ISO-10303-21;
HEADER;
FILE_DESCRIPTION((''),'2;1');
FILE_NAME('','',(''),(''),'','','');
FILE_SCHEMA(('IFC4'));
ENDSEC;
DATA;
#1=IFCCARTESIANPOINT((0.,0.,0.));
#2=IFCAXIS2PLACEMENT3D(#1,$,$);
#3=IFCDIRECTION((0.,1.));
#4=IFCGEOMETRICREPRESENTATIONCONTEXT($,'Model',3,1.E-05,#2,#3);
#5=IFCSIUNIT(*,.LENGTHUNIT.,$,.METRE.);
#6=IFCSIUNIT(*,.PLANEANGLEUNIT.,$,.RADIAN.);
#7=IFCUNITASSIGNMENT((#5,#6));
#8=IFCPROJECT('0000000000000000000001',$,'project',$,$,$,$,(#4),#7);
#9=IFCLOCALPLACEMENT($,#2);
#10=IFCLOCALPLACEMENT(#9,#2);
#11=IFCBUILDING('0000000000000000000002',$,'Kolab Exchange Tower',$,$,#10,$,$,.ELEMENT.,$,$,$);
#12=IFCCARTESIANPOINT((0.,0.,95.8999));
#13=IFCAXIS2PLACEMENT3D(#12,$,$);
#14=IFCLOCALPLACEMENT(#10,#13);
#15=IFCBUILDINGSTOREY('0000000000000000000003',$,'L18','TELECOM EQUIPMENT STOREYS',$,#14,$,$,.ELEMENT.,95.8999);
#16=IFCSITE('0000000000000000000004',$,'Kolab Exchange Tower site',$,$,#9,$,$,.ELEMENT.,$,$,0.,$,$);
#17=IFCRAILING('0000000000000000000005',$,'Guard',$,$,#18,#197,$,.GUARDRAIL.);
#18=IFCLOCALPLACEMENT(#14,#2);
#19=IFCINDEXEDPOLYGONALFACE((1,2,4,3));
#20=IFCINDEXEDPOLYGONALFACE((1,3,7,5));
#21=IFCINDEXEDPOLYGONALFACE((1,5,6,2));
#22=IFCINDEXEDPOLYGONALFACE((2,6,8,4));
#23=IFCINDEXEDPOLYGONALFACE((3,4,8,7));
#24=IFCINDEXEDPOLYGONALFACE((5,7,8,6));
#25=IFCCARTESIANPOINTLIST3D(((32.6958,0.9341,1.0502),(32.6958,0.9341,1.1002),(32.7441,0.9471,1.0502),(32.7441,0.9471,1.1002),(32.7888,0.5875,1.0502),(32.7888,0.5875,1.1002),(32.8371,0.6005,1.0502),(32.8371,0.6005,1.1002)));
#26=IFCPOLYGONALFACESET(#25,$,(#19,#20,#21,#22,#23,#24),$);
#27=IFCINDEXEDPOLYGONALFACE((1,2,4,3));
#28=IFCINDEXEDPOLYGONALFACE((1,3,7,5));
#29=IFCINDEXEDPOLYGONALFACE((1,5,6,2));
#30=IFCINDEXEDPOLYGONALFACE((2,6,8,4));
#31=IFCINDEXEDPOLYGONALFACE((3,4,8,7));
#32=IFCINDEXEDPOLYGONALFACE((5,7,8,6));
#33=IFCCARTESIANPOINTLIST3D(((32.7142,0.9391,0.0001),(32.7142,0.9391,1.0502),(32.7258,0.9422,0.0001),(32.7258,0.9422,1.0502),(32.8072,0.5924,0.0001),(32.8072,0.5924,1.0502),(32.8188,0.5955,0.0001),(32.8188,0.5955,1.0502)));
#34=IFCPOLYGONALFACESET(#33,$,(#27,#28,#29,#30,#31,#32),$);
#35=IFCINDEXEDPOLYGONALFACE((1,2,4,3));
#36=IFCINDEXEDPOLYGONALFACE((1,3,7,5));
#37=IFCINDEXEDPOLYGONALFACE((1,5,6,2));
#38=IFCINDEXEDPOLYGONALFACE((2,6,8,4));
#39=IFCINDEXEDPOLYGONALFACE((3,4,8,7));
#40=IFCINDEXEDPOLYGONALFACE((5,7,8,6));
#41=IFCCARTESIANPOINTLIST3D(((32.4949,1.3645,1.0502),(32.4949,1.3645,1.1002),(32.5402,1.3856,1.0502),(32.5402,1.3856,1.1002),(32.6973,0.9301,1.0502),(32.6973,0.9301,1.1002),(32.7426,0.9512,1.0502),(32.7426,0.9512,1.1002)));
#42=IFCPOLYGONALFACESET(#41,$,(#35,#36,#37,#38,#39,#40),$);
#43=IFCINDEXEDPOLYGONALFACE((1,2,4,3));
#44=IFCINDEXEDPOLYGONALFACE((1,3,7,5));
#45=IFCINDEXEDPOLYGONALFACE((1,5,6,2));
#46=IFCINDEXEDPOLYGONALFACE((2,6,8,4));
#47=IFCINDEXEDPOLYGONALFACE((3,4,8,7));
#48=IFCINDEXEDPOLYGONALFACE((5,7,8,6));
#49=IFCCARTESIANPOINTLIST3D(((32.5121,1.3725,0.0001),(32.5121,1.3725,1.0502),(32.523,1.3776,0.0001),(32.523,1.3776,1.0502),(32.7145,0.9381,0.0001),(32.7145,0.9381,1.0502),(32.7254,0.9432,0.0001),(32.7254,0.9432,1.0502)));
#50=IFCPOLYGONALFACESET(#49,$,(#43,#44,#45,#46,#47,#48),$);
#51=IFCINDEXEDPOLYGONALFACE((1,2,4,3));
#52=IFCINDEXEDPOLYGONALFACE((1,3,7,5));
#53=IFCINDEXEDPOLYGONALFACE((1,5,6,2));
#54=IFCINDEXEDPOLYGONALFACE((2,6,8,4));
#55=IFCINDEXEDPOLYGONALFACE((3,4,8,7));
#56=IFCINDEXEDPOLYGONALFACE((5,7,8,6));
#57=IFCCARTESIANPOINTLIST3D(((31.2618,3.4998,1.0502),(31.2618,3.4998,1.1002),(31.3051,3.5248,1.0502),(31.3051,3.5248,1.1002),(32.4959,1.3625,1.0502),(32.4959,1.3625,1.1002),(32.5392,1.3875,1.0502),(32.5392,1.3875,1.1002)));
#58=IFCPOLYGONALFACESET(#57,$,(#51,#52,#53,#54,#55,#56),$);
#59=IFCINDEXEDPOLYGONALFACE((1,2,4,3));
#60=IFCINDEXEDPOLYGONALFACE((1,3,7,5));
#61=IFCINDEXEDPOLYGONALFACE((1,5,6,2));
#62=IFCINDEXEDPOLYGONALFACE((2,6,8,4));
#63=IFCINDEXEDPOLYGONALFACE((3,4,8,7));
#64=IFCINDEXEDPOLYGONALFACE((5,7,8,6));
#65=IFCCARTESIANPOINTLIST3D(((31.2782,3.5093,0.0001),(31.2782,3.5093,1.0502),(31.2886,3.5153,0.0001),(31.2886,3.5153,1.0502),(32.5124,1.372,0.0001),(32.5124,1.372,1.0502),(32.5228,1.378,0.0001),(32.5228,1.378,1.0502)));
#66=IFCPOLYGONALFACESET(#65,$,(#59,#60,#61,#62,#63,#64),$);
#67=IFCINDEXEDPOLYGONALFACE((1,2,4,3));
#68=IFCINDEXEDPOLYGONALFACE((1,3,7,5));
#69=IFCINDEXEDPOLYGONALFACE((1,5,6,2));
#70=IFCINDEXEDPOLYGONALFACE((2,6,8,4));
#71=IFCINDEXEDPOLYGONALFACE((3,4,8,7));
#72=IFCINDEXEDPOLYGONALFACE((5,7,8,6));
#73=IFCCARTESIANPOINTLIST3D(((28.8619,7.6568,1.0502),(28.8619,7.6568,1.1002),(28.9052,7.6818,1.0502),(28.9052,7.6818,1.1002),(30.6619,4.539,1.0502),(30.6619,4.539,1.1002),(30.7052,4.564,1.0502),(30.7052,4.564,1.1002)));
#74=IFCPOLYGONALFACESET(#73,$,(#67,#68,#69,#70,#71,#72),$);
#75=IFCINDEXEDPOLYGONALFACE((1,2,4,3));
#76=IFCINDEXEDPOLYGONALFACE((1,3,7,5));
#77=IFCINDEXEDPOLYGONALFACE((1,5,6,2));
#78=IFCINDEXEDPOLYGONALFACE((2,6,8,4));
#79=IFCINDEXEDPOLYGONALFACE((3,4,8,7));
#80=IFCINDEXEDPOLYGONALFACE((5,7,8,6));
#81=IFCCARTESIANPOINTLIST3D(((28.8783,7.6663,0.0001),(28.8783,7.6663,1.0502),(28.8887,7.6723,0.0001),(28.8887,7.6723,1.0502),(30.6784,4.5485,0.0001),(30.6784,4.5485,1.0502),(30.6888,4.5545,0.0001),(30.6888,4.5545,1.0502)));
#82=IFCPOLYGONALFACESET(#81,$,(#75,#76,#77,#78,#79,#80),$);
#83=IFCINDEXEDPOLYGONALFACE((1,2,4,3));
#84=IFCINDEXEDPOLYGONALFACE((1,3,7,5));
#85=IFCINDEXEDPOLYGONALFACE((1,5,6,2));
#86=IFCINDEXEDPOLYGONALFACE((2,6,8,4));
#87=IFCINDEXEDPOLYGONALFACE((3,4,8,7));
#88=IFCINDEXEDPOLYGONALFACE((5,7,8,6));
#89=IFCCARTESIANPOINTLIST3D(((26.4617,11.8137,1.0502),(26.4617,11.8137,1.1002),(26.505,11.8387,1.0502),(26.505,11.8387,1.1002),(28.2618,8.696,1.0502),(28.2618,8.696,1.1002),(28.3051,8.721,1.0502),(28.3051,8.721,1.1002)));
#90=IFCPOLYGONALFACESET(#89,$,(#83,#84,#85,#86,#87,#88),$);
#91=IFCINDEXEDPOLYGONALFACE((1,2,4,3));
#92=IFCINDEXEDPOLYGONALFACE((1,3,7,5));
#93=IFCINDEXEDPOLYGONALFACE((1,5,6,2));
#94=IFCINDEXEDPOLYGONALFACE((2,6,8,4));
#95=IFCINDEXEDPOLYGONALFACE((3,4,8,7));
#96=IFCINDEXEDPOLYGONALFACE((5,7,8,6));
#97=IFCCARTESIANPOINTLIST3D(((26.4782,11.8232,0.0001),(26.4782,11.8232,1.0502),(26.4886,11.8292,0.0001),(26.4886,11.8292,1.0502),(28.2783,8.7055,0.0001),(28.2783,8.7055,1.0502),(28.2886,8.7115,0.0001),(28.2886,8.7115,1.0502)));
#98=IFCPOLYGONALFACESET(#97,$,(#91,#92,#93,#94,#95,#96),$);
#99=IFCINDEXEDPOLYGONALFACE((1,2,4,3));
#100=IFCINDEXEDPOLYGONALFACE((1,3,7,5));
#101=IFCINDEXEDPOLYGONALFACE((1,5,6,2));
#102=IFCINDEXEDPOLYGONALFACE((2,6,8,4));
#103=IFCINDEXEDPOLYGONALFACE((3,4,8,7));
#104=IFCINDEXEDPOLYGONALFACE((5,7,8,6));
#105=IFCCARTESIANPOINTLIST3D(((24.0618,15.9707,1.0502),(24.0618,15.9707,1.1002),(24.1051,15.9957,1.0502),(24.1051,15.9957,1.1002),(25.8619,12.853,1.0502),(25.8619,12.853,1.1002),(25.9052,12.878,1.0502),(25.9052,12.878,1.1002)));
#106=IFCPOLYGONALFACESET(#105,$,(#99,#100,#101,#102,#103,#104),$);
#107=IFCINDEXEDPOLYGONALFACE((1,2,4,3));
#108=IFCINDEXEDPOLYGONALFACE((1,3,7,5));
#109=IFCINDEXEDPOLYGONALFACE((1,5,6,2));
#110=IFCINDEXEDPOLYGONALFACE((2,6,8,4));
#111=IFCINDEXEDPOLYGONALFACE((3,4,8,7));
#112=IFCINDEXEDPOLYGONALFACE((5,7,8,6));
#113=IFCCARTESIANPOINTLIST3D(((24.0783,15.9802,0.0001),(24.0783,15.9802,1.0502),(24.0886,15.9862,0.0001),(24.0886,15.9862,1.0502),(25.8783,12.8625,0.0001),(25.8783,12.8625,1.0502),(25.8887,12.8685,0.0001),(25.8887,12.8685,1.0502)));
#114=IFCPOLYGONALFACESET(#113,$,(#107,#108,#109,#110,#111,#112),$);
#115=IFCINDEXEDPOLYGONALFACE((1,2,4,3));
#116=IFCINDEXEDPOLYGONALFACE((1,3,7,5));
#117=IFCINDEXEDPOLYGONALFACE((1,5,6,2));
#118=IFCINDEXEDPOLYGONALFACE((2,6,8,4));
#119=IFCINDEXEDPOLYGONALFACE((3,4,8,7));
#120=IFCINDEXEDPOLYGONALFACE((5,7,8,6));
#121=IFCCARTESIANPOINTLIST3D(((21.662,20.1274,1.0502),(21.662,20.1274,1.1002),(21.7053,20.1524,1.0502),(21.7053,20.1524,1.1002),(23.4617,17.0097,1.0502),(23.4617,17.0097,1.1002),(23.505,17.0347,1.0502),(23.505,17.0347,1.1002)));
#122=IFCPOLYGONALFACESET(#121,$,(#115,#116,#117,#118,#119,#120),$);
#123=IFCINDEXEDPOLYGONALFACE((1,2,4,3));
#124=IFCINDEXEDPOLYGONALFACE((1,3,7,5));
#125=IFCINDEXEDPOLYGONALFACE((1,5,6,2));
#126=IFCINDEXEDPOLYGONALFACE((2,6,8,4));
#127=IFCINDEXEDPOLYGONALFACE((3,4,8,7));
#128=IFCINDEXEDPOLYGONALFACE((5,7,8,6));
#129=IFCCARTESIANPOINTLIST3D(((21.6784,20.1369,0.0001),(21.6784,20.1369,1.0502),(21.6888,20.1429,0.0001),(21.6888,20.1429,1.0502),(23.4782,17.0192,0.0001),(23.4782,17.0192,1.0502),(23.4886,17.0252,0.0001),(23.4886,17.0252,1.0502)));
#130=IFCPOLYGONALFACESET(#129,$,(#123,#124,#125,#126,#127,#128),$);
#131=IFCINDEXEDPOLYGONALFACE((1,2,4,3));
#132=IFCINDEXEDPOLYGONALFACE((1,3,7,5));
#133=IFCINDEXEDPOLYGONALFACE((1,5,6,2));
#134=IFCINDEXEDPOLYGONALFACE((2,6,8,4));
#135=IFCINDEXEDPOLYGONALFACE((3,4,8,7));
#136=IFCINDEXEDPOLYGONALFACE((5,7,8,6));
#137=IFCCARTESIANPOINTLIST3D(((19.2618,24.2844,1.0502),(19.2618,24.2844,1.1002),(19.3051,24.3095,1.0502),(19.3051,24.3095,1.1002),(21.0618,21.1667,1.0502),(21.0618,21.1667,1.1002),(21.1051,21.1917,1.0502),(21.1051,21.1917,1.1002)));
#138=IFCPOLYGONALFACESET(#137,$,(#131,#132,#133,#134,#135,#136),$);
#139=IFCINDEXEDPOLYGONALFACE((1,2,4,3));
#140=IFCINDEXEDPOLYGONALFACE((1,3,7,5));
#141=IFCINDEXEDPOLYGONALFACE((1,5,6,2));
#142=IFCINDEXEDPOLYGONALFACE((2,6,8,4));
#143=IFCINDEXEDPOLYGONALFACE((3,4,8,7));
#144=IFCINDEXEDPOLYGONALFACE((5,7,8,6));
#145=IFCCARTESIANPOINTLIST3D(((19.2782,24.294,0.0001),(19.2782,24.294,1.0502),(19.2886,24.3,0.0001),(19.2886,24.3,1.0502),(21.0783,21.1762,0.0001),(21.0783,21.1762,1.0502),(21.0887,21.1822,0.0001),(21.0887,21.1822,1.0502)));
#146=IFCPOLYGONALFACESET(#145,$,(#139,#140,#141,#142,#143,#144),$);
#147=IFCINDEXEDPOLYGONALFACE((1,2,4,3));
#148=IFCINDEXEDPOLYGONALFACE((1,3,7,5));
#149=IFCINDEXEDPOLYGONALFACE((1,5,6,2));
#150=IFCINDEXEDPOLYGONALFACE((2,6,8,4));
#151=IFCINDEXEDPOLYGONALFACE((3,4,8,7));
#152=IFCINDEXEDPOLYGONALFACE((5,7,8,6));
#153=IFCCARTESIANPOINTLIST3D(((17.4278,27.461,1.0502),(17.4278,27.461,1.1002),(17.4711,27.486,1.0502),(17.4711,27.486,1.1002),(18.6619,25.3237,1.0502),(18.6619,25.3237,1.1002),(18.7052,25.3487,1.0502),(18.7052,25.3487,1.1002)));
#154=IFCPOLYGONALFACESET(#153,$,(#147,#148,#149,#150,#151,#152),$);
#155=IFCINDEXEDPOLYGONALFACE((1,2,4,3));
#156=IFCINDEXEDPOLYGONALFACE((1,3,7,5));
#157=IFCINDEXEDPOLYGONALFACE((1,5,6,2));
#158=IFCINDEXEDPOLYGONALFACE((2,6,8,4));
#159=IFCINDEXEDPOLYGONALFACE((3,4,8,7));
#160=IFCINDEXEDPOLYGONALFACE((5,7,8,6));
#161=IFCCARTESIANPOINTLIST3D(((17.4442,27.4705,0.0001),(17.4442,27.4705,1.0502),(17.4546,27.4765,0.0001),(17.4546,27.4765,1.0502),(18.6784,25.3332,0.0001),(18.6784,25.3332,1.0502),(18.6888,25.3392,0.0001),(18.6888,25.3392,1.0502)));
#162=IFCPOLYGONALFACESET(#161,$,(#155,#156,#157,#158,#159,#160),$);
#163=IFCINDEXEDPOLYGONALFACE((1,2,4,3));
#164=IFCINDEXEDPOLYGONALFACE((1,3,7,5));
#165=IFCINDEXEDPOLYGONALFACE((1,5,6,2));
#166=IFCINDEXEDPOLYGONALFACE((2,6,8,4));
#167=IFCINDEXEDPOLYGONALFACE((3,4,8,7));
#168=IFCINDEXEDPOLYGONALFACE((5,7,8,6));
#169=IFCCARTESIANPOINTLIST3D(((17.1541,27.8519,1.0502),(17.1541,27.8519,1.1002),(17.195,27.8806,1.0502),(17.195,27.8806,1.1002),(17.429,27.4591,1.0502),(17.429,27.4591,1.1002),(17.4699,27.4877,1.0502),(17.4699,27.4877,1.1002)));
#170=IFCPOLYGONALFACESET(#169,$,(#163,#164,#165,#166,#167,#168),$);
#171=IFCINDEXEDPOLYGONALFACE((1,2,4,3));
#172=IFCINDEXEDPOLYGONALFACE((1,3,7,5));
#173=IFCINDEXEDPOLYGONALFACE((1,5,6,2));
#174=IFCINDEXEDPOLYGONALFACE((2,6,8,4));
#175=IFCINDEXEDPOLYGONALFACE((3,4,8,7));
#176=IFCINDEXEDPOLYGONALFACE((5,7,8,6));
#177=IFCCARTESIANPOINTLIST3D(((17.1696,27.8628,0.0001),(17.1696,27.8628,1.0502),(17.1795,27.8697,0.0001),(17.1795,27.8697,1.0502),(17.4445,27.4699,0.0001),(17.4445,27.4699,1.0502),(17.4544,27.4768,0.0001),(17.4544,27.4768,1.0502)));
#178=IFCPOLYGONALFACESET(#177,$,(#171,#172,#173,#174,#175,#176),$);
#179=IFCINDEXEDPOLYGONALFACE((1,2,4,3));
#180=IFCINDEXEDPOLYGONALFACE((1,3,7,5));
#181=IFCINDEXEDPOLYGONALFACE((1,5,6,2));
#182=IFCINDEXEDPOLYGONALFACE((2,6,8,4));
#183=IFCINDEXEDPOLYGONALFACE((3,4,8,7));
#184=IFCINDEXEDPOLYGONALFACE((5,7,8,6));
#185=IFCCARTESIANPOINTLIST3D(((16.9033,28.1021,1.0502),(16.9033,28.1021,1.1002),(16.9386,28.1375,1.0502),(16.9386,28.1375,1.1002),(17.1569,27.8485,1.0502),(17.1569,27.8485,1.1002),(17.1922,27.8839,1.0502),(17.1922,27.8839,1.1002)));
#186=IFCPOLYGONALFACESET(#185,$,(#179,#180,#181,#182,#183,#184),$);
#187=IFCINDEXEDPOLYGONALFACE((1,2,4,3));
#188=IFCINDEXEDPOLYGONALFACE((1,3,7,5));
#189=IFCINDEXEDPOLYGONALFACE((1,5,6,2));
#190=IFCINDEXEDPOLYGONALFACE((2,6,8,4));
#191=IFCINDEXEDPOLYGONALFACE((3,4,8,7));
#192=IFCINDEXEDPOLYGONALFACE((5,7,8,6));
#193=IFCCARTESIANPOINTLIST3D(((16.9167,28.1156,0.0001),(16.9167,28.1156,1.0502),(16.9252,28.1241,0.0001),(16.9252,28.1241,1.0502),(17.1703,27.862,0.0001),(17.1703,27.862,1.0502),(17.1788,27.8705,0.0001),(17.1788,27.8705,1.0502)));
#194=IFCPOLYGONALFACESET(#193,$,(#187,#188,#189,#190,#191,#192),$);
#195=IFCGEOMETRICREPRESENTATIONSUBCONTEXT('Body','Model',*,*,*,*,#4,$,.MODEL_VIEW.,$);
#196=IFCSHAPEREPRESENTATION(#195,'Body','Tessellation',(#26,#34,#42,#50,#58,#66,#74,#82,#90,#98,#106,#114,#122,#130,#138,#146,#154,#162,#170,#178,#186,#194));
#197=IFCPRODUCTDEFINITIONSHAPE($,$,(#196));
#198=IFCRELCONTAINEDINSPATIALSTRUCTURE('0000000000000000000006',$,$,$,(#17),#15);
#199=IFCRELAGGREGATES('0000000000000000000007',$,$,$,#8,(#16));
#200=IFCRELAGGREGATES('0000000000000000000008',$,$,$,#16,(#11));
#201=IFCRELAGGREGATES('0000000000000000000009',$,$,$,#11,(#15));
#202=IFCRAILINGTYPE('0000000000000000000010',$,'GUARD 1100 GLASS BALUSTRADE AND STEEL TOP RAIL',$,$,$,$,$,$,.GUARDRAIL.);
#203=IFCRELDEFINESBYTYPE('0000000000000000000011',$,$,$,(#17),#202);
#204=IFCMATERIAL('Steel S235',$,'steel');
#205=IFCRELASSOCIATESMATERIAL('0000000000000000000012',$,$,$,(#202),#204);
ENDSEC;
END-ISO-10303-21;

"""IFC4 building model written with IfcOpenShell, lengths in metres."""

from ifc_helpers import new_model, si_unit, direction, frame, frame_2d, origin, origin_2d, place, context, subcontext, project, spatial, rectangle, extrude, material, type_object, element, save


model = new_model("IFC4")

# Units and contexts
model_context = context("Model", 3, precision=1e-05, world=origin(), true_north=direction((0.0, 1.0)))
body_context = subcontext(model_context, "Body", "Model", "MODEL_VIEW")
ifc_project = project(units=[si_unit("LENGTHUNIT", "METRE"), si_unit("PLANEANGLEUNIT", "RADIAN")], contexts=[model_context])

# Site, building, storey
site_placement = place(None, origin())
site = spatial("IfcSite", under=ifc_project, at=site_placement, Name="Kolab Exchange Tower site", CompositionType="ELEMENT", RefElevation=0.0)
building_placement = place(site_placement, origin())
building = spatial("IfcBuilding", under=site, at=building_placement, Name="Kolab Exchange Tower", CompositionType="ELEMENT")
storey_placement = place(building_placement, frame((0.0, 0.0, 95.8999)))
storey = spatial("IfcBuildingStorey", under=building, at=storey_placement, Name="L18", Description="TELECOM EQUIPMENT STOREYS", CompositionType="ELEMENT", Elevation=95.8999)

# Railing
ifc_material_1 = material(Name="Steel S235", Category="steel")
railing_type = type_object("IfcRailingType", Name="GUARD 1100 GLASS BALUSTRADE AND STEEL TOP RAIL", PredefinedType="GUARDRAIL", material=ifc_material_1)
railing_placement = place(storey_placement, frame((32.813, 0.594, 0.0)))
element("IfcRailing", 1, at=railing_placement, inside=storey, type_object=railing_type, Name="Guard", PredefinedType="GUARDRAIL", context=body_context, shape_type="SweptSolid", body=[
    extrude(rectangle(XDim=0.05, YDim=0.05, at=origin_2d()), frame((0.0, 0.0, 1.0752), z_axis=(-0.259144, 0.965839, 0.0), x_axis=(-0.965839, -0.259144, 0.0)), (0.0, 0.0, 1.0), 0.3589),
    extrude(rectangle(XDim=0.012, YDim=1.0501, at=frame_2d((0.0, 0.5251))), frame((0.0, 0.0, 0.0), z_axis=(-0.259144, 0.965839, 0.0), x_axis=(-0.965839, -0.259144, 0.0)), (0.0, 0.0, 1.0), 0.3589),
    extrude(rectangle(XDim=0.05, YDim=0.05, at=origin_2d()), frame((-0.093, 0.3467, 1.0752), z_axis=(-0.422383, 0.906417, 0.0), x_axis=(-0.906417, -0.422383, 0.0)), (0.0, 0.0, 1.0), 0.4792),
    extrude(rectangle(XDim=0.012, YDim=1.0501, at=frame_2d((0.0, 0.5251))), frame((-0.093, 0.3467, 0.0), z_axis=(-0.422383, 0.906417, 0.0), x_axis=(-0.906417, -0.422383, 0.0)), (0.0, 0.0, 1.0), 0.4792),
    extrude(rectangle(XDim=0.05, YDim=0.05, at=origin_2d()), frame((-0.2954, 0.781, 1.0752), z_axis=(-0.500065, 0.865988, 0.0), x_axis=(-0.865988, -0.500065, 0.0)), (0.0, 0.0, 1.0), 2.468),
    extrude(rectangle(XDim=0.012, YDim=1.0501, at=frame_2d((0.0, 0.5251))), frame((-0.2954, 0.781, 0.0), z_axis=(-0.500065, 0.865988, 0.0), x_axis=(-0.865988, -0.500065, 0.0)), (0.0, 0.0, 1.0), 2.468),
    extrude(rectangle(XDim=0.05, YDim=0.05, at=origin_2d()), frame((-2.1294, 3.9575, 1.0752), z_axis=(-0.500012, 0.866018, 0.0), x_axis=(-0.866018, -0.500012, 0.0)), (0.0, 0.0, 1.0), 3.6001),
    extrude(rectangle(XDim=0.012, YDim=1.0501, at=frame_2d((0.0, 0.5251))), frame((-2.1294, 3.9575, 0.0), z_axis=(-0.500012, 0.866018, 0.0), x_axis=(-0.866018, -0.500012, 0.0)), (0.0, 0.0, 1.0), 3.6001),
    extrude(rectangle(XDim=0.05, YDim=0.05, at=origin_2d()), frame((-4.5295, 8.1145, 1.0752), z_axis=(-0.500012, 0.866018, 0.0), x_axis=(-0.866018, -0.500012, 0.0)), (0.0, 0.0, 1.0), 3.6001),
    extrude(rectangle(XDim=0.012, YDim=1.0501, at=frame_2d((0.0, 0.5251))), frame((-4.5295, 8.1145, 0.0), z_axis=(-0.500012, 0.866018, 0.0), x_axis=(-0.866018, -0.500012, 0.0)), (0.0, 0.0, 1.0), 3.6001),
    extrude(rectangle(XDim=0.05, YDim=0.05, at=origin_2d()), frame((-6.9294, 12.2715, 1.0752), z_axis=(-0.500012, 0.866018, 0.0), x_axis=(-0.866018, -0.500012, 0.0)), (0.0, 0.0, 1.0), 3.6001),
    extrude(rectangle(XDim=0.012, YDim=1.0501, at=frame_2d((0.0, 0.5251))), frame((-6.9294, 12.2715, 0.0), z_axis=(-0.500012, 0.866018, 0.0), x_axis=(-0.866018, -0.500012, 0.0)), (0.0, 0.0, 1.0), 3.6001),
    extrude(rectangle(XDim=0.05, YDim=0.05, at=origin_2d()), frame((-9.3296, 16.4282, 1.0752), z_axis=(-0.499961, 0.866048, 0.0), x_axis=(-0.866048, -0.499961, 0.0)), (0.0, 0.0, 1.0), 3.5999),
    extrude(rectangle(XDim=0.012, YDim=1.0501, at=frame_2d((0.0, 0.5251))), frame((-9.3296, 16.4282, 0.0), z_axis=(-0.499961, 0.866048, 0.0), x_axis=(-0.866048, -0.499961, 0.0)), (0.0, 0.0, 1.0), 3.5999),
    extrude(rectangle(XDim=0.05, YDim=0.05, at=origin_2d()), frame((-11.7295, 20.5852, 1.0752), z_axis=(-0.500012, 0.866018, 0.0), x_axis=(-0.866018, -0.500012, 0.0)), (0.0, 0.0, 1.0), 3.6001),
    extrude(rectangle(XDim=0.012, YDim=1.0501, at=frame_2d((0.0, 0.5251))), frame((-11.7295, 20.5852, 0.0), z_axis=(-0.500012, 0.866018, 0.0), x_axis=(-0.866018, -0.500012, 0.0)), (0.0, 0.0, 1.0), 3.6001),
    extrude(rectangle(XDim=0.05, YDim=0.05, at=origin_2d()), frame((-14.1294, 24.7422, 1.0752), z_axis=(-0.500065, 0.865988, 0.0), x_axis=(-0.865988, -0.500065, 0.0)), (0.0, 0.0, 1.0), 2.468),
    extrude(rectangle(XDim=0.012, YDim=1.0501, at=frame_2d((0.0, 0.5251))), frame((-14.1294, 24.7422, 0.0), z_axis=(-0.500065, 0.865988, 0.0), x_axis=(-0.865988, -0.500065, 0.0)), (0.0, 0.0, 1.0), 2.468),
    extrude(rectangle(XDim=0.05, YDim=0.05, at=origin_2d()), frame((-15.3635, 26.8794, 1.0752), z_axis=(-0.57336, 0.819304, 0.0), x_axis=(-0.819304, -0.57336, 0.0)), (0.0, 0.0, 1.0), 0.4795),
    extrude(rectangle(XDim=0.012, YDim=1.0501, at=frame_2d((0.0, 0.5251))), frame((-15.3635, 26.8794, 0.0), z_axis=(-0.57336, 0.819304, 0.0), x_axis=(-0.819304, -0.57336, 0.0)), (0.0, 0.0, 1.0), 0.4795),
    extrude(rectangle(XDim=0.05, YDim=0.05, at=origin_2d()), frame((-15.6384, 27.2722, 1.0752), z_axis=(-0.707107, 0.707107, 0.0), x_axis=(-0.707107, -0.707107, 0.0)), (0.0, 0.0, 1.0), 0.3586),
    extrude(rectangle(XDim=0.012, YDim=1.0501, at=frame_2d((0.0, 0.5251))), frame((-15.6384, 27.2722, 0.0), z_axis=(-0.707107, 0.707107, 0.0), x_axis=(-0.707107, -0.707107, 0.0)), (0.0, 0.0, 1.0), 0.3586),
])

save(model, "model.ifc")
